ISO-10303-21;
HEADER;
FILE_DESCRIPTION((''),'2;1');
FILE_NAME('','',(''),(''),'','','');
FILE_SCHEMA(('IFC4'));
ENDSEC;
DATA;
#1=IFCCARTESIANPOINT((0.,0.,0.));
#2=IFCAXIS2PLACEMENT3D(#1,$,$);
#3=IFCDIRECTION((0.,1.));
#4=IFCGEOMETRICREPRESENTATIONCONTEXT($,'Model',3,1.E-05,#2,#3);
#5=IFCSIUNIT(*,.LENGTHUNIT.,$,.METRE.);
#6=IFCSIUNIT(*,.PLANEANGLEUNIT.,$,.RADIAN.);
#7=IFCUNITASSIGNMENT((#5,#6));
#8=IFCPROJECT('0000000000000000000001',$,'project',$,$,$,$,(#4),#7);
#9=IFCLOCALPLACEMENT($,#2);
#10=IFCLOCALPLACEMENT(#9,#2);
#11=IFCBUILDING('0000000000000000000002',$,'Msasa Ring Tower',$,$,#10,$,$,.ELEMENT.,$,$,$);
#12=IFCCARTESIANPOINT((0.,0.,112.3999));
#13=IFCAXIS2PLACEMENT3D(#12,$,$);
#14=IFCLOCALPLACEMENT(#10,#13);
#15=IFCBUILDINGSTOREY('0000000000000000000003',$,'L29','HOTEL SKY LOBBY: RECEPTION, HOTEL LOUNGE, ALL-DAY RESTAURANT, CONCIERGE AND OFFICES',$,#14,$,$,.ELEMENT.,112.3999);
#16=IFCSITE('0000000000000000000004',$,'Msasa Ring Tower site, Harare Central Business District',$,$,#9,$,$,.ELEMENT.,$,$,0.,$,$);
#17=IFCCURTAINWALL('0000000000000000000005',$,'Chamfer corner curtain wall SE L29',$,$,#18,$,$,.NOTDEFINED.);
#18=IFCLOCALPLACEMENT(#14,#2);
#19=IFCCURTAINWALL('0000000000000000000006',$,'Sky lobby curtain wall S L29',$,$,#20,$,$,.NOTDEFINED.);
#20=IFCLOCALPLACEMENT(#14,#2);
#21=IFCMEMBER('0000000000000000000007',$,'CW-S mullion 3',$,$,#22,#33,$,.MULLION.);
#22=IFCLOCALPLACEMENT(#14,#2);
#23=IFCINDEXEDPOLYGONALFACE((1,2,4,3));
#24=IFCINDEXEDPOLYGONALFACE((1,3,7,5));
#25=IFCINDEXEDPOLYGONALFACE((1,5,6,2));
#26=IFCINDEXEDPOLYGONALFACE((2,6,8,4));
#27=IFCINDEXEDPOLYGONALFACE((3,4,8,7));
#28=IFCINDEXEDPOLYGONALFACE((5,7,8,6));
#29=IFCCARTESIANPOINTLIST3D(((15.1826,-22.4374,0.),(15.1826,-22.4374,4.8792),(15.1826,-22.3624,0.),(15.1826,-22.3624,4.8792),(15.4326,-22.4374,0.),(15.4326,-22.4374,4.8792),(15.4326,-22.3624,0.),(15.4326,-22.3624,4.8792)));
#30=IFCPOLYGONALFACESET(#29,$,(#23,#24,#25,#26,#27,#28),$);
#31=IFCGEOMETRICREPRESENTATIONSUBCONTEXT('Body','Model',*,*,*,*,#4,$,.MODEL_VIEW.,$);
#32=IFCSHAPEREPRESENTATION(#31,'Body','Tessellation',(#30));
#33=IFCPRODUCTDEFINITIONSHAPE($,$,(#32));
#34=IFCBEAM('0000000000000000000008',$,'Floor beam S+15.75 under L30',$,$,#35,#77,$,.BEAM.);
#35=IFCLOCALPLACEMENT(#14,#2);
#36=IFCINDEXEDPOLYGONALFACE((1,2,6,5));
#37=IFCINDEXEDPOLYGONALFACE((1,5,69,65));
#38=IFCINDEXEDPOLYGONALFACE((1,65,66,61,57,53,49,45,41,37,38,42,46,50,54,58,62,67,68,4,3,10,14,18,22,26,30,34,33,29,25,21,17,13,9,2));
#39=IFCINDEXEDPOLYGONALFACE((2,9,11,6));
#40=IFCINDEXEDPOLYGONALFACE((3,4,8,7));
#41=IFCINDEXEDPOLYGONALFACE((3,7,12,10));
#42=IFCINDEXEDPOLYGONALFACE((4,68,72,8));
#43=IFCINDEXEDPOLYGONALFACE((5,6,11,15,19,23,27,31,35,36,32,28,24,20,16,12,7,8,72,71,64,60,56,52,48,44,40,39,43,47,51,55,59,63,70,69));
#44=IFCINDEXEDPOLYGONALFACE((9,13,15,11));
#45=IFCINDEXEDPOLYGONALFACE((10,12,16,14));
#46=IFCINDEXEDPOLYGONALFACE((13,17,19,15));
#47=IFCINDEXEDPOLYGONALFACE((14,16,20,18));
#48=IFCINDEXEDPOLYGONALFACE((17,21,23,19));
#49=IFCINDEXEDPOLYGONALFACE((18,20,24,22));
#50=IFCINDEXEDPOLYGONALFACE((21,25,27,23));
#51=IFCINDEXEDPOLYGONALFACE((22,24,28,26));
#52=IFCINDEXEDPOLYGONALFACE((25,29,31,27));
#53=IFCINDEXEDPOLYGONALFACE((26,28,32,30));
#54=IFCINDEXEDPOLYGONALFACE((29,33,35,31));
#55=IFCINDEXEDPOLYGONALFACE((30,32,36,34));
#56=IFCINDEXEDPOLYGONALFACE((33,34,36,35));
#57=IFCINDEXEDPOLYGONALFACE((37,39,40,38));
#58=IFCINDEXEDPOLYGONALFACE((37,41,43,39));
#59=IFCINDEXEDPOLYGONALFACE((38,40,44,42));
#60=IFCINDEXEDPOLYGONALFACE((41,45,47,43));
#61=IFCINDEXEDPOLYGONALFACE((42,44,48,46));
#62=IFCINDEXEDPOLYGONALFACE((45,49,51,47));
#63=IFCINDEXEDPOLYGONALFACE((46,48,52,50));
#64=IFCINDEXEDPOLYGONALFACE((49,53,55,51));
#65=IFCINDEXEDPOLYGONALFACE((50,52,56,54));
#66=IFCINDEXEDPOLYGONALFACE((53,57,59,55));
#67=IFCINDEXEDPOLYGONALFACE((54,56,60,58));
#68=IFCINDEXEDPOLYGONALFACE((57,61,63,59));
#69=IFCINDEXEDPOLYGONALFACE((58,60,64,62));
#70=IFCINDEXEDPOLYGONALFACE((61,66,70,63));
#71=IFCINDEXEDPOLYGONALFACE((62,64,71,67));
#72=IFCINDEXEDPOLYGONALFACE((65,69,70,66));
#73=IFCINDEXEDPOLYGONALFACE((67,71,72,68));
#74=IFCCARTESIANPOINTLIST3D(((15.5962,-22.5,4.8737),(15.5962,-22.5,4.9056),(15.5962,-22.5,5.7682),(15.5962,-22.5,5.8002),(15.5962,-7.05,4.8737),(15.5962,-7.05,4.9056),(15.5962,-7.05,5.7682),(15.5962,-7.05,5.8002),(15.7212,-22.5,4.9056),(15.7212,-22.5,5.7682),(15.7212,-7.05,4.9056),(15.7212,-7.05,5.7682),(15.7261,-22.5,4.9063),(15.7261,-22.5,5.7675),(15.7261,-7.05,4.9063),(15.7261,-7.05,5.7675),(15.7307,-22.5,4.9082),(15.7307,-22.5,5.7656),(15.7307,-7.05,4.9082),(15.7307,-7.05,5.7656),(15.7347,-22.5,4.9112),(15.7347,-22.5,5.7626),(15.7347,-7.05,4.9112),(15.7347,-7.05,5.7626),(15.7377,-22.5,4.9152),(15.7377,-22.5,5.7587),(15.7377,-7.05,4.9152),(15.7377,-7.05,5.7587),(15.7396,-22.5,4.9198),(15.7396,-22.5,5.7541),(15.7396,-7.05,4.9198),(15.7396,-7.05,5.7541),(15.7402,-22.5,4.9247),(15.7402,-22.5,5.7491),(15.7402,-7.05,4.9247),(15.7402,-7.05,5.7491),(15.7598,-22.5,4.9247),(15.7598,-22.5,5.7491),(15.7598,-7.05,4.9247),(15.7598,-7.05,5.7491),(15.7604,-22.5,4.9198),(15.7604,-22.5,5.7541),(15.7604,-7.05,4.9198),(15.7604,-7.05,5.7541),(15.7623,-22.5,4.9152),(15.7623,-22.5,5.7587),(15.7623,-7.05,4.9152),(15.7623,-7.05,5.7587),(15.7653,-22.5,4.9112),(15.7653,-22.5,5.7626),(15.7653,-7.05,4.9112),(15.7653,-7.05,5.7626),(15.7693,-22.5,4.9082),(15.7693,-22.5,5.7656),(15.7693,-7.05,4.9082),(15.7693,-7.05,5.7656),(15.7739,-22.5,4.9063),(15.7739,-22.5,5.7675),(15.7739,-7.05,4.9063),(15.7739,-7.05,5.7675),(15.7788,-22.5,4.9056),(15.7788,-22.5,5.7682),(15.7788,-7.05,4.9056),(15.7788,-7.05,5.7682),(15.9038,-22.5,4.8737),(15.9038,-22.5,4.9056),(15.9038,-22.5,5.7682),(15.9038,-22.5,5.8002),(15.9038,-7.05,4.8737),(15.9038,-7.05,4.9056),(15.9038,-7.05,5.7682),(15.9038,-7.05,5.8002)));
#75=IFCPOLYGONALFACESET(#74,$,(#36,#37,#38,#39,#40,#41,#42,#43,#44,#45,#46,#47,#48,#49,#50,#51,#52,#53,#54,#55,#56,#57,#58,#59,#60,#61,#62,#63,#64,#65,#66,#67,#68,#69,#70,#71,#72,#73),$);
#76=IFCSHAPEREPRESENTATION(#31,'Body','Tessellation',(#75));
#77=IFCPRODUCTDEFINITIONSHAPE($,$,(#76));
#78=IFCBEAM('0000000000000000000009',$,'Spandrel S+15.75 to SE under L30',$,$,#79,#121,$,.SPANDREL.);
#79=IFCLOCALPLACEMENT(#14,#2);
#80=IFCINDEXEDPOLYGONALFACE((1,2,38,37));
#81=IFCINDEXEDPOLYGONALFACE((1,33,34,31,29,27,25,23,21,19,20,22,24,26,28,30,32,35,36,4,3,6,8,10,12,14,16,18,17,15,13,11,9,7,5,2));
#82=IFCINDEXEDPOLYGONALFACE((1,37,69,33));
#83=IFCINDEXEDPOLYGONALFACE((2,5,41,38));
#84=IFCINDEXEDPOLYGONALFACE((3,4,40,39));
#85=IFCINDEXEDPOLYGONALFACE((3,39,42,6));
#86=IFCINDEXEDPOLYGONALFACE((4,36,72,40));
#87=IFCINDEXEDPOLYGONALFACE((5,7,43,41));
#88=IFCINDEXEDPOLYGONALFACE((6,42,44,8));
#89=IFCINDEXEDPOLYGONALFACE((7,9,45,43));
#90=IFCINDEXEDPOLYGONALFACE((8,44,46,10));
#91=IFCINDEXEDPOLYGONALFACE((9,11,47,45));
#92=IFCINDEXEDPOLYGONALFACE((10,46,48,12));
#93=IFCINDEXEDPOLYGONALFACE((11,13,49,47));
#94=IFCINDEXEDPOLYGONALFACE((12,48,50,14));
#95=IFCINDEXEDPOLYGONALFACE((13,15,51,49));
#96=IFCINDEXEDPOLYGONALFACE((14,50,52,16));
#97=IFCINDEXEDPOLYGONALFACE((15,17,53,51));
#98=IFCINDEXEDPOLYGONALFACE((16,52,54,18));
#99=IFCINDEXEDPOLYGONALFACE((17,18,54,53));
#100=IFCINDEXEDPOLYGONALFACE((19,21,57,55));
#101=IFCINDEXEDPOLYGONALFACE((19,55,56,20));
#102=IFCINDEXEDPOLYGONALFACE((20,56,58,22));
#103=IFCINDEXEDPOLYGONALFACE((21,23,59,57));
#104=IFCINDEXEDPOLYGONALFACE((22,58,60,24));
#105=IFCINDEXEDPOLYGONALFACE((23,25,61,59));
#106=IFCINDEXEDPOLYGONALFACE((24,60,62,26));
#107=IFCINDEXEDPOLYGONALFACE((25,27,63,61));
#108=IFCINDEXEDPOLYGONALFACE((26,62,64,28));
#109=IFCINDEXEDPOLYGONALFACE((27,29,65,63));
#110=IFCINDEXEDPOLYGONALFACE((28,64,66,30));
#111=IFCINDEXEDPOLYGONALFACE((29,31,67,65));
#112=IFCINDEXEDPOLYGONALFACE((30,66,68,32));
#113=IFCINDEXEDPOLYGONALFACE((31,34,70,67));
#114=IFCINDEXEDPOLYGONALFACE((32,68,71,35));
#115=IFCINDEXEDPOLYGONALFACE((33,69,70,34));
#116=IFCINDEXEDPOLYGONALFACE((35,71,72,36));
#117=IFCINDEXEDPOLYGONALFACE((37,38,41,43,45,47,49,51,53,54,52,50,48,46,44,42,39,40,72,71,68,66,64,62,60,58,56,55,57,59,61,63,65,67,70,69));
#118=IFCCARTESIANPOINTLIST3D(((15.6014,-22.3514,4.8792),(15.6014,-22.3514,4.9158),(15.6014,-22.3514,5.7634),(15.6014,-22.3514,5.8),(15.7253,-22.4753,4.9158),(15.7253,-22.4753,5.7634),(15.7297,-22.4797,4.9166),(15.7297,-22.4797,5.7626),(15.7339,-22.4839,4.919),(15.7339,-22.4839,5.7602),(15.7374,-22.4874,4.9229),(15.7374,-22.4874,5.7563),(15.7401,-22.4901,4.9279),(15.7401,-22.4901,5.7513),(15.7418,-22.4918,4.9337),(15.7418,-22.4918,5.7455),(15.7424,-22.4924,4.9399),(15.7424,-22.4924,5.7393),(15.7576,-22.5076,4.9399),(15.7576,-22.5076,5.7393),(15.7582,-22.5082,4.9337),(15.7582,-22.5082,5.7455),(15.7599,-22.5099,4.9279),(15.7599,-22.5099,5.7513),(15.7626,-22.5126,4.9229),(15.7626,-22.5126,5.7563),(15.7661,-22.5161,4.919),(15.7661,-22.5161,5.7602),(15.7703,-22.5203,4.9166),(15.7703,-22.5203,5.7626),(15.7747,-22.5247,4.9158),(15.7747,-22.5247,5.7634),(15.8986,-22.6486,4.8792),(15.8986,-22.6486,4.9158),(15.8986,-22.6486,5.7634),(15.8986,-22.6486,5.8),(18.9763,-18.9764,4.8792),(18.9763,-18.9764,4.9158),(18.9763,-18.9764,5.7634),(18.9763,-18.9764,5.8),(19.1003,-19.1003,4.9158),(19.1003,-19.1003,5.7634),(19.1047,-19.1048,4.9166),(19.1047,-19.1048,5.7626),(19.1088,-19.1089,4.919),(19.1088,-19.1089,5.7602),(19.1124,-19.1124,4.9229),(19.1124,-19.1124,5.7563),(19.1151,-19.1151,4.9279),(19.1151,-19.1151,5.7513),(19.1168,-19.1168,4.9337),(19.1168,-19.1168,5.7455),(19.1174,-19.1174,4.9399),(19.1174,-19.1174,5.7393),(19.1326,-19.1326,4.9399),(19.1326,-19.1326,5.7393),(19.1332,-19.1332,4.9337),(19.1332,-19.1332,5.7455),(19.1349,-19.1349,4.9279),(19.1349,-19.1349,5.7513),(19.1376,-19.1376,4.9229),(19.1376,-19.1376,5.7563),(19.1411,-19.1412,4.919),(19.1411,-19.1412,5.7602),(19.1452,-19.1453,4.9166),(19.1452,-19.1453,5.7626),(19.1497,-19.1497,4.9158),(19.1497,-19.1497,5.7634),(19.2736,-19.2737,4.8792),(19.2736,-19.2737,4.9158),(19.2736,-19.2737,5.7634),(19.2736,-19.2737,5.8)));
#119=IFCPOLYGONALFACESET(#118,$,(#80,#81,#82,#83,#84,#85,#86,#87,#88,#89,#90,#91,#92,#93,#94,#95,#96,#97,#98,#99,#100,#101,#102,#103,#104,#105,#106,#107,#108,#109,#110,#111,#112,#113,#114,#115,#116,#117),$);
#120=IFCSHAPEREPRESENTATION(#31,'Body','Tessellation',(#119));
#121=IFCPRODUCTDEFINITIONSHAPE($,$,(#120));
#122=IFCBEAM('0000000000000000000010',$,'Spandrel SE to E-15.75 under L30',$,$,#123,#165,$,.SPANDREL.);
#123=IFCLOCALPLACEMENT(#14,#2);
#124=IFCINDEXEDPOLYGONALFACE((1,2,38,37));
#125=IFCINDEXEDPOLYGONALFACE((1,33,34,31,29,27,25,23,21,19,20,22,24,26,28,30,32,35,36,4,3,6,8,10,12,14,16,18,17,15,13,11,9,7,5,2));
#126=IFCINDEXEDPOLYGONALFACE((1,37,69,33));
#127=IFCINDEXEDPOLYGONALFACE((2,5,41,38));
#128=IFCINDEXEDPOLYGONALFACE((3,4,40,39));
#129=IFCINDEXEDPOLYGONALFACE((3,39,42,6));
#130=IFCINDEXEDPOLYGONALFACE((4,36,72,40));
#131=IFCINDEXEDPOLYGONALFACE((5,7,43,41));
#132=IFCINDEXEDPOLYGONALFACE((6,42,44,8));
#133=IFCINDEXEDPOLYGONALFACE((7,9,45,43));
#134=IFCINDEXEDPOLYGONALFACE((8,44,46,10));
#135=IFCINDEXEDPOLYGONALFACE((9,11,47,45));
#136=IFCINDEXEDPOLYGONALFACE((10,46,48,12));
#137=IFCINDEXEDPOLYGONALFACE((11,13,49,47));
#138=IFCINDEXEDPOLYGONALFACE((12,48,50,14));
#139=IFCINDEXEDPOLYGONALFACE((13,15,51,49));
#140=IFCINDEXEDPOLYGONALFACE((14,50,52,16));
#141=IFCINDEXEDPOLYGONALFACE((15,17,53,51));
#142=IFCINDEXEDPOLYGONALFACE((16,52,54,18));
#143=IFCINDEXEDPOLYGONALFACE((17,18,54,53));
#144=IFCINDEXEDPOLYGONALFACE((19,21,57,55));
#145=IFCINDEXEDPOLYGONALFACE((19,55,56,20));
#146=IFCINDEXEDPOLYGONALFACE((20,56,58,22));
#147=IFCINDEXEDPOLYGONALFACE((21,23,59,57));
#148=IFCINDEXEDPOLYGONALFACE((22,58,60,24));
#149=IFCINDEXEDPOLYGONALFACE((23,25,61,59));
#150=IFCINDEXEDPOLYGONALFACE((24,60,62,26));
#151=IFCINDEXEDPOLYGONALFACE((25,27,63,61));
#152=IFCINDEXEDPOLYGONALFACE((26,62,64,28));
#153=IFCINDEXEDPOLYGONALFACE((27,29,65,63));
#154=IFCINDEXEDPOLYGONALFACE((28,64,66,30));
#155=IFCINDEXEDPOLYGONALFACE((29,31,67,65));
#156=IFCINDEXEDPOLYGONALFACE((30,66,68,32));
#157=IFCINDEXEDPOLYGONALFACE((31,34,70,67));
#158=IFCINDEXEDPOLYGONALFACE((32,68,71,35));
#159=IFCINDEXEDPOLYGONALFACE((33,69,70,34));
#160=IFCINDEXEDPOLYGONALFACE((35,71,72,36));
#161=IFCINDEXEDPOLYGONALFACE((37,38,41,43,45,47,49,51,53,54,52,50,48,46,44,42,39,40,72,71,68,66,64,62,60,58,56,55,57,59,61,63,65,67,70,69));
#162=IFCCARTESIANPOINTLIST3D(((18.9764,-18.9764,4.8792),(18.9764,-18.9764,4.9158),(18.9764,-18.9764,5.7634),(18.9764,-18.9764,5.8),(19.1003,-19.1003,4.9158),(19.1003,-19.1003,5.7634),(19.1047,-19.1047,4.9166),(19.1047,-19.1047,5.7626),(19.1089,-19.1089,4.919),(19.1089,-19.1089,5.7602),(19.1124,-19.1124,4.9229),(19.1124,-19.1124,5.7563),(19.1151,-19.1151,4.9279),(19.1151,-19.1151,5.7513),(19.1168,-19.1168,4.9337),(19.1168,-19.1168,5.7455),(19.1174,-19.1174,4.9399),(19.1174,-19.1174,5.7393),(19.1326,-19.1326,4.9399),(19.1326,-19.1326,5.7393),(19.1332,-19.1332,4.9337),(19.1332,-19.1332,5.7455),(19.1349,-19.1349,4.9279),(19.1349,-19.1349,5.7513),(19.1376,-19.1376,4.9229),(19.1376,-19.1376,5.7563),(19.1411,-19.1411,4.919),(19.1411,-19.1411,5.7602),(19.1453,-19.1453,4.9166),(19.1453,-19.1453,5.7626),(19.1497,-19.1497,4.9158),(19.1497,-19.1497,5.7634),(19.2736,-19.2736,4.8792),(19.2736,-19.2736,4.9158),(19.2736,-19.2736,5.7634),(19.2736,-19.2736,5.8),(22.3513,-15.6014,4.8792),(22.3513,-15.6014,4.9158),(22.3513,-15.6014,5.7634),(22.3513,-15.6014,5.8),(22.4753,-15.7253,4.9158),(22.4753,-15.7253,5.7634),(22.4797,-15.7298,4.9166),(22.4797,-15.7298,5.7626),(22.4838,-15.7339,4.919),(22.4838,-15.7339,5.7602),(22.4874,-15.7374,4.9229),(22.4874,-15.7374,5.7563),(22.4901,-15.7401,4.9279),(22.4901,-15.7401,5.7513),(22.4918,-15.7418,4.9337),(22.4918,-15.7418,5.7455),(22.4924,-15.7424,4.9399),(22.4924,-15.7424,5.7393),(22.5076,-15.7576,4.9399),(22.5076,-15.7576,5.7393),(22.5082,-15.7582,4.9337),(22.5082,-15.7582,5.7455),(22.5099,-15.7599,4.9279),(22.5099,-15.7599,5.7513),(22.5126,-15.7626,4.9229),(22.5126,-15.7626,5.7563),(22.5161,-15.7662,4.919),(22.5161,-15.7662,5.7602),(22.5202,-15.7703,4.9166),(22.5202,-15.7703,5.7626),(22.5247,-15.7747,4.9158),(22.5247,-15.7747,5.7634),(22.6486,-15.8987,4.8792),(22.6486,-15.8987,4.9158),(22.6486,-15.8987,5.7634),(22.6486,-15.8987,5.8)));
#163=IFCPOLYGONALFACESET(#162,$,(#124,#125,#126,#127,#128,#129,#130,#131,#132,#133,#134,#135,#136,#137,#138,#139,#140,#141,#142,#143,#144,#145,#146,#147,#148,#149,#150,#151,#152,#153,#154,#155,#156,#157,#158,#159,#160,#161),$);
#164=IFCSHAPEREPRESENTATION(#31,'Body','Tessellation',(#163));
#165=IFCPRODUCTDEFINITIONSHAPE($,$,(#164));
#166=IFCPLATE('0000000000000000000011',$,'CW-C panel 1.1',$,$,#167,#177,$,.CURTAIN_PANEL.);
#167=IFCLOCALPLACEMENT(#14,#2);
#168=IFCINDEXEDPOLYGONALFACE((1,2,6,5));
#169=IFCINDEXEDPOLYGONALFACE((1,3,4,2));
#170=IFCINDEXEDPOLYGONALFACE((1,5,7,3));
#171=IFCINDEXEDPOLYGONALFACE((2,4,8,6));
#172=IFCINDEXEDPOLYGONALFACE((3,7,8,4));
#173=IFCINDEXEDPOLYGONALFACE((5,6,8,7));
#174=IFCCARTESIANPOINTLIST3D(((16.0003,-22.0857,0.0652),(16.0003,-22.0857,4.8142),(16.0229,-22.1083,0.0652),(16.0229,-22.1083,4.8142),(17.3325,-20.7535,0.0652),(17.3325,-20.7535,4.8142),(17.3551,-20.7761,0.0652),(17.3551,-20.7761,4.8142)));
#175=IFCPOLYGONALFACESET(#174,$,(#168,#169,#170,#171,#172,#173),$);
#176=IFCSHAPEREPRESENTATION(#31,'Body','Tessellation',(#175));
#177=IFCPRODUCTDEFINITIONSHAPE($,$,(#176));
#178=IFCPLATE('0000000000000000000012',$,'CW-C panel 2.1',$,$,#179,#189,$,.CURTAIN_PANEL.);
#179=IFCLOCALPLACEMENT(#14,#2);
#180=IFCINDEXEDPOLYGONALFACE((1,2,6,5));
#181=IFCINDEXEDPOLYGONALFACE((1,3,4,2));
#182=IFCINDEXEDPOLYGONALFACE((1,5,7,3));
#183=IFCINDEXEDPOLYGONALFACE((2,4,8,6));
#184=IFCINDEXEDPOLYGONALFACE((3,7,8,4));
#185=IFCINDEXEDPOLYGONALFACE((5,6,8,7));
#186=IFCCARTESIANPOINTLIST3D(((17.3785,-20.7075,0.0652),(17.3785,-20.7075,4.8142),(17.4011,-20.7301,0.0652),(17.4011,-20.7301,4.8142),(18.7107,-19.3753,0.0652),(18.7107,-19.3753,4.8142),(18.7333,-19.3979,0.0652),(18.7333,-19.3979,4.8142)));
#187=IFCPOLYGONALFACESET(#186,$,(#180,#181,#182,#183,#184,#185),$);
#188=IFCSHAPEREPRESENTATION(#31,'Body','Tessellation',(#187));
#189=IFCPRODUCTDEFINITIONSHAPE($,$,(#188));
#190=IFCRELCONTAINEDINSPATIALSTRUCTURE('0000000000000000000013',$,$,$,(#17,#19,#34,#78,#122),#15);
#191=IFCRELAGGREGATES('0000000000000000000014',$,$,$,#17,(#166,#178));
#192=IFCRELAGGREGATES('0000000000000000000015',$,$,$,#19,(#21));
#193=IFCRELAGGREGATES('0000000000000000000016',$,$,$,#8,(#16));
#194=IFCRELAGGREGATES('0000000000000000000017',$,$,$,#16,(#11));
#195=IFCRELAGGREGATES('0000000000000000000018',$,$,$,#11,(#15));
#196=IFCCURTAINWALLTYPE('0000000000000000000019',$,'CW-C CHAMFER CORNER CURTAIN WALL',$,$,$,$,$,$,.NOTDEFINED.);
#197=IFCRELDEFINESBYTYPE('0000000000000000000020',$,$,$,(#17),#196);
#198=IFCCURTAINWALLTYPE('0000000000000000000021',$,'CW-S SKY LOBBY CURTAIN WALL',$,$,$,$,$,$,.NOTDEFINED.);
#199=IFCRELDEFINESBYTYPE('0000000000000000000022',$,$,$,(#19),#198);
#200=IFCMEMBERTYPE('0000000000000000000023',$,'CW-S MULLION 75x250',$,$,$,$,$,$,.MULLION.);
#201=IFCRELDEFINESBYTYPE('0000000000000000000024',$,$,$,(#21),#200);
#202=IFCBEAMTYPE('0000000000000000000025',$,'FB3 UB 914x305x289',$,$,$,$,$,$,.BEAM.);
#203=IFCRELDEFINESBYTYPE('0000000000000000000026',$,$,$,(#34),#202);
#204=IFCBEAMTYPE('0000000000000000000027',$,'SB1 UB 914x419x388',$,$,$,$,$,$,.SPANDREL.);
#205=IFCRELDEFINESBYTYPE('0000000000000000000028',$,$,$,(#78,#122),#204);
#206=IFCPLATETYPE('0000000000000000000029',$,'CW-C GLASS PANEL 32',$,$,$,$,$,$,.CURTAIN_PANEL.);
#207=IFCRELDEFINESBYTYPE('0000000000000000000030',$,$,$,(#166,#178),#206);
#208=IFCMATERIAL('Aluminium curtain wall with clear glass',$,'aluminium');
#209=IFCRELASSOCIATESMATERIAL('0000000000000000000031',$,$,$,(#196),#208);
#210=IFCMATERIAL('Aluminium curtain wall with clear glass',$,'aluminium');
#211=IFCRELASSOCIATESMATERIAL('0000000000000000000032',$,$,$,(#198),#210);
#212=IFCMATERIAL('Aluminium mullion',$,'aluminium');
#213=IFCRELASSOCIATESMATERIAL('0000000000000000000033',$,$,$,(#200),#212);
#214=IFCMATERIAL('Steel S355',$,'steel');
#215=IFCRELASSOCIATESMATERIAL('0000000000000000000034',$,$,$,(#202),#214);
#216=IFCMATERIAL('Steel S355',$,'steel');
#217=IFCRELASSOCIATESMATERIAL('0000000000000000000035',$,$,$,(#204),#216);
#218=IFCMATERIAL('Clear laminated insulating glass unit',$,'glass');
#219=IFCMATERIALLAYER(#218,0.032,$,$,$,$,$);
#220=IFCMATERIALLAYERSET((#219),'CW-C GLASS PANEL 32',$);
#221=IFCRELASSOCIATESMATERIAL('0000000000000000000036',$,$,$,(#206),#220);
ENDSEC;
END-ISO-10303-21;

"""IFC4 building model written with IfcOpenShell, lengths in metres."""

from ifc_helpers import new_model, si_unit, direction, frame, origin, origin_2d, place, context, subcontext, project, spatial, rectangle, i_section, extrude, material, layer, layer_set, material_profile, profile_set, type_object, element, aggregate, save


model = new_model("IFC4")

# Units and contexts
model_context = context("Model", 3, precision=1e-05, world=origin(), true_north=direction((0.0, 1.0)))
body_context = subcontext(model_context, "Body", "Model", "MODEL_VIEW")
ifc_project = project(units=[si_unit("LENGTHUNIT", "METRE"), si_unit("PLANEANGLEUNIT", "RADIAN")], contexts=[model_context])

# Site, building, storey
site_placement = place(None, origin())
site = spatial("IfcSite", under=ifc_project, at=site_placement, Name="Msasa Ring Tower site, Harare Central Business District", CompositionType="ELEMENT", RefElevation=0.0)
building_placement = place(site_placement, origin())
building = spatial("IfcBuilding", under=site, at=building_placement, Name="Msasa Ring Tower", CompositionType="ELEMENT")
storey_placement = place(building_placement, frame((0.0, 0.0, 112.3999)))
storey = spatial("IfcBuildingStorey", under=building, at=storey_placement, Name="L29", Description="HOTEL SKY LOBBY: RECEPTION, HOTEL LOUNGE, ALL-DAY RESTAURANT, CONCIERGE AND OFFICES", CompositionType="ELEMENT", Elevation=112.3999)

# Curtain wall
ifc_material_1 = material(Name="Aluminium curtain wall with clear glass", Category="aluminium")
curtain_wall_type_1 = type_object("IfcCurtainWallType", Name="CW-C CHAMFER CORNER CURTAIN WALL", PredefinedType="NOTDEFINED", material=ifc_material_1)
curtain_wall_1_placement = place(storey_placement, origin())
curtain_wall_1 = element("IfcCurtainWall", 1, at=curtain_wall_1_placement, inside=storey, type_object=curtain_wall_type_1, Name="Chamfer corner curtain wall SE L29", PredefinedType="NOTDEFINED")

# Curtain wall, member
ifc_material_2 = material(Name="Aluminium curtain wall with clear glass", Category="aluminium")
curtain_wall_type_2 = type_object("IfcCurtainWallType", Name="CW-S SKY LOBBY CURTAIN WALL", PredefinedType="NOTDEFINED", material=ifc_material_2)
curtain_wall_2_placement = place(storey_placement, origin())
curtain_wall_2 = element("IfcCurtainWall", 2, at=curtain_wall_2_placement, inside=storey, type_object=curtain_wall_type_2, Name="Sky lobby curtain wall S L29", PredefinedType="NOTDEFINED")
ifc_material_3 = material(Name="Aluminium mullion", Category="aluminium")
ifc_material_profile_1 = material_profile(ifc_material_3, rectangle(XDim=0.075, YDim=0.25, at=origin_2d()), Name="AL 75x250")
ifc_profile_set_1 = profile_set([ifc_material_profile_1], Name="Aluminium mullion")
member_type_1 = type_object("IfcMemberType", Name="CW-S MULLION 75x250", PredefinedType="MULLION", material=ifc_profile_set_1)
member_1_placement = place(storey_placement, frame((15.3076, -22.3999, 0.0), z_axis=(0.0, 0.0, 1.0), x_axis=(0.0, 1.0, 0.0)))
member_1 = element("IfcMember", 3, at=member_1_placement, type_object=member_type_1, Name="CW-S mullion 3", PredefinedType="MULLION", context=body_context, shape_type="SweptSolid", body=[
    extrude(rectangle(XDim=0.075, YDim=0.25, at=origin_2d()), origin(), (0.0, 0.0, 1.0), 4.8792),
])

# Beams
ifc_material_4 = material(Name="Steel S355", Category="steel")
ifc_material_profile_2 = material_profile(ifc_material_4, i_section(OverallWidth=0.3076, OverallDepth=0.9265, WebThickness=0.0195, FlangeThickness=0.032, FilletRadius=0.019, at=origin_2d()), Name="UB 914x305x289")
ifc_profile_set_2 = profile_set([ifc_material_profile_2], Name="Steel S355")
beam_type_1 = type_object("IfcBeamType", Name="FB3 UB 914x305x289", PredefinedType="BEAM", material=ifc_profile_set_2)
beam_placement = place(storey_placement, frame((15.75, -22.5, 5.3369), z_axis=(0.0, 1.0, 0.0), x_axis=(-1.0, 0.0, 0.0)))
element("IfcBeam", 4, at=beam_placement, inside=storey, type_object=beam_type_1, Name="Floor beam S+15.75 under L30", PredefinedType="BEAM", context=body_context, shape_type="SweptSolid", body=[
    extrude(i_section(OverallWidth=0.3076, OverallDepth=0.9265, WebThickness=0.0195, FlangeThickness=0.032, FilletRadius=0.019, at=origin_2d()), origin(), (0.0, 0.0, 1.0), 15.45),
])
ifc_material_5 = material(Name="Steel S355", Category="steel")
ifc_material_profile_3 = material_profile(ifc_material_5, i_section(OverallWidth=0.4204, OverallDepth=0.9209, WebThickness=0.0215, FlangeThickness=0.0366, FilletRadius=0.0242, at=origin_2d()), Name="UB 914x419x388")
ifc_profile_set_3 = profile_set([ifc_material_profile_3], Name="Steel S355")
beam_type_2 = type_object("IfcBeamType", Name="SB1 UB 914x419x388", PredefinedType="SPANDREL", material=ifc_profile_set_3)
for number, where, z_axis, x_axis, name in (
    (5, (15.75, -22.5, 5.3396), (0.707107, 0.707107, 0.0), (-0.707107, 0.707107, 0.0), "Spandrel S+15.75 to SE under L30"),
    (6, (19.125, -19.125, 5.3396), (0.707107, 0.707107, 0.0), (-0.707107, 0.707107, 0.0), "Spandrel SE to E-15.75 under L30"),
):
    element("IfcBeam", number, at=place(storey_placement, frame(where, z_axis=z_axis, x_axis=x_axis)), inside=storey, type_object=beam_type_2, Name=name, PredefinedType="SPANDREL", context=body_context, shape_type="SweptSolid", body=[
        extrude(i_section(OverallWidth=0.4204, OverallDepth=0.9209, WebThickness=0.0215, FlangeThickness=0.0366, FilletRadius=0.0242, at=origin_2d()), origin(), (0.0, 0.0, 1.0), 4.7729),
    ])

# Plates
ifc_material_6 = material(Name="Clear laminated insulating glass unit", Category="glass")
ifc_layer_1 = layer(ifc_material_6, 0.032)
ifc_layer_set_1 = layer_set([ifc_layer_1], Name="CW-C GLASS PANEL 32")
plate_type_1 = type_object("IfcPlateType", Name="CW-C GLASS PANEL 32", PredefinedType="CURTAIN_PANEL", material=ifc_layer_set_1)
plate_1_placement = place(storey_placement, frame((16.6777, -21.4309, 0.0652), z_axis=(0.0, 0.0, 1.0), x_axis=(0.707107, 0.707107, 0.0)))
plate_1 = element("IfcPlate", 7, at=plate_1_placement, type_object=plate_type_1, Name="CW-C panel 1.1", PredefinedType="CURTAIN_PANEL", context=body_context, shape_type="SweptSolid", body=[
    extrude(rectangle(XDim=1.884, YDim=0.032, at=origin_2d()), origin(), (0.0, 0.0, 1.0), 4.749),
])
plate_2_placement = place(storey_placement, frame((18.0559, -20.0527, 0.0652), z_axis=(0.0, 0.0, 1.0), x_axis=(0.707107, 0.707107, 0.0)))
plate_2 = element("IfcPlate", 8, at=plate_2_placement, type_object=plate_type_1, Name="CW-C panel 2.1", PredefinedType="CURTAIN_PANEL", context=body_context, shape_type="SweptSolid", body=[
    extrude(rectangle(XDim=1.884, YDim=0.032, at=origin_2d()), origin(), (0.0, 0.0, 1.0), 4.749),
])
aggregate(curtain_wall_1, [plate_1, plate_2])
aggregate(curtain_wall_2, [member_1])

save(model, "model.ifc")
